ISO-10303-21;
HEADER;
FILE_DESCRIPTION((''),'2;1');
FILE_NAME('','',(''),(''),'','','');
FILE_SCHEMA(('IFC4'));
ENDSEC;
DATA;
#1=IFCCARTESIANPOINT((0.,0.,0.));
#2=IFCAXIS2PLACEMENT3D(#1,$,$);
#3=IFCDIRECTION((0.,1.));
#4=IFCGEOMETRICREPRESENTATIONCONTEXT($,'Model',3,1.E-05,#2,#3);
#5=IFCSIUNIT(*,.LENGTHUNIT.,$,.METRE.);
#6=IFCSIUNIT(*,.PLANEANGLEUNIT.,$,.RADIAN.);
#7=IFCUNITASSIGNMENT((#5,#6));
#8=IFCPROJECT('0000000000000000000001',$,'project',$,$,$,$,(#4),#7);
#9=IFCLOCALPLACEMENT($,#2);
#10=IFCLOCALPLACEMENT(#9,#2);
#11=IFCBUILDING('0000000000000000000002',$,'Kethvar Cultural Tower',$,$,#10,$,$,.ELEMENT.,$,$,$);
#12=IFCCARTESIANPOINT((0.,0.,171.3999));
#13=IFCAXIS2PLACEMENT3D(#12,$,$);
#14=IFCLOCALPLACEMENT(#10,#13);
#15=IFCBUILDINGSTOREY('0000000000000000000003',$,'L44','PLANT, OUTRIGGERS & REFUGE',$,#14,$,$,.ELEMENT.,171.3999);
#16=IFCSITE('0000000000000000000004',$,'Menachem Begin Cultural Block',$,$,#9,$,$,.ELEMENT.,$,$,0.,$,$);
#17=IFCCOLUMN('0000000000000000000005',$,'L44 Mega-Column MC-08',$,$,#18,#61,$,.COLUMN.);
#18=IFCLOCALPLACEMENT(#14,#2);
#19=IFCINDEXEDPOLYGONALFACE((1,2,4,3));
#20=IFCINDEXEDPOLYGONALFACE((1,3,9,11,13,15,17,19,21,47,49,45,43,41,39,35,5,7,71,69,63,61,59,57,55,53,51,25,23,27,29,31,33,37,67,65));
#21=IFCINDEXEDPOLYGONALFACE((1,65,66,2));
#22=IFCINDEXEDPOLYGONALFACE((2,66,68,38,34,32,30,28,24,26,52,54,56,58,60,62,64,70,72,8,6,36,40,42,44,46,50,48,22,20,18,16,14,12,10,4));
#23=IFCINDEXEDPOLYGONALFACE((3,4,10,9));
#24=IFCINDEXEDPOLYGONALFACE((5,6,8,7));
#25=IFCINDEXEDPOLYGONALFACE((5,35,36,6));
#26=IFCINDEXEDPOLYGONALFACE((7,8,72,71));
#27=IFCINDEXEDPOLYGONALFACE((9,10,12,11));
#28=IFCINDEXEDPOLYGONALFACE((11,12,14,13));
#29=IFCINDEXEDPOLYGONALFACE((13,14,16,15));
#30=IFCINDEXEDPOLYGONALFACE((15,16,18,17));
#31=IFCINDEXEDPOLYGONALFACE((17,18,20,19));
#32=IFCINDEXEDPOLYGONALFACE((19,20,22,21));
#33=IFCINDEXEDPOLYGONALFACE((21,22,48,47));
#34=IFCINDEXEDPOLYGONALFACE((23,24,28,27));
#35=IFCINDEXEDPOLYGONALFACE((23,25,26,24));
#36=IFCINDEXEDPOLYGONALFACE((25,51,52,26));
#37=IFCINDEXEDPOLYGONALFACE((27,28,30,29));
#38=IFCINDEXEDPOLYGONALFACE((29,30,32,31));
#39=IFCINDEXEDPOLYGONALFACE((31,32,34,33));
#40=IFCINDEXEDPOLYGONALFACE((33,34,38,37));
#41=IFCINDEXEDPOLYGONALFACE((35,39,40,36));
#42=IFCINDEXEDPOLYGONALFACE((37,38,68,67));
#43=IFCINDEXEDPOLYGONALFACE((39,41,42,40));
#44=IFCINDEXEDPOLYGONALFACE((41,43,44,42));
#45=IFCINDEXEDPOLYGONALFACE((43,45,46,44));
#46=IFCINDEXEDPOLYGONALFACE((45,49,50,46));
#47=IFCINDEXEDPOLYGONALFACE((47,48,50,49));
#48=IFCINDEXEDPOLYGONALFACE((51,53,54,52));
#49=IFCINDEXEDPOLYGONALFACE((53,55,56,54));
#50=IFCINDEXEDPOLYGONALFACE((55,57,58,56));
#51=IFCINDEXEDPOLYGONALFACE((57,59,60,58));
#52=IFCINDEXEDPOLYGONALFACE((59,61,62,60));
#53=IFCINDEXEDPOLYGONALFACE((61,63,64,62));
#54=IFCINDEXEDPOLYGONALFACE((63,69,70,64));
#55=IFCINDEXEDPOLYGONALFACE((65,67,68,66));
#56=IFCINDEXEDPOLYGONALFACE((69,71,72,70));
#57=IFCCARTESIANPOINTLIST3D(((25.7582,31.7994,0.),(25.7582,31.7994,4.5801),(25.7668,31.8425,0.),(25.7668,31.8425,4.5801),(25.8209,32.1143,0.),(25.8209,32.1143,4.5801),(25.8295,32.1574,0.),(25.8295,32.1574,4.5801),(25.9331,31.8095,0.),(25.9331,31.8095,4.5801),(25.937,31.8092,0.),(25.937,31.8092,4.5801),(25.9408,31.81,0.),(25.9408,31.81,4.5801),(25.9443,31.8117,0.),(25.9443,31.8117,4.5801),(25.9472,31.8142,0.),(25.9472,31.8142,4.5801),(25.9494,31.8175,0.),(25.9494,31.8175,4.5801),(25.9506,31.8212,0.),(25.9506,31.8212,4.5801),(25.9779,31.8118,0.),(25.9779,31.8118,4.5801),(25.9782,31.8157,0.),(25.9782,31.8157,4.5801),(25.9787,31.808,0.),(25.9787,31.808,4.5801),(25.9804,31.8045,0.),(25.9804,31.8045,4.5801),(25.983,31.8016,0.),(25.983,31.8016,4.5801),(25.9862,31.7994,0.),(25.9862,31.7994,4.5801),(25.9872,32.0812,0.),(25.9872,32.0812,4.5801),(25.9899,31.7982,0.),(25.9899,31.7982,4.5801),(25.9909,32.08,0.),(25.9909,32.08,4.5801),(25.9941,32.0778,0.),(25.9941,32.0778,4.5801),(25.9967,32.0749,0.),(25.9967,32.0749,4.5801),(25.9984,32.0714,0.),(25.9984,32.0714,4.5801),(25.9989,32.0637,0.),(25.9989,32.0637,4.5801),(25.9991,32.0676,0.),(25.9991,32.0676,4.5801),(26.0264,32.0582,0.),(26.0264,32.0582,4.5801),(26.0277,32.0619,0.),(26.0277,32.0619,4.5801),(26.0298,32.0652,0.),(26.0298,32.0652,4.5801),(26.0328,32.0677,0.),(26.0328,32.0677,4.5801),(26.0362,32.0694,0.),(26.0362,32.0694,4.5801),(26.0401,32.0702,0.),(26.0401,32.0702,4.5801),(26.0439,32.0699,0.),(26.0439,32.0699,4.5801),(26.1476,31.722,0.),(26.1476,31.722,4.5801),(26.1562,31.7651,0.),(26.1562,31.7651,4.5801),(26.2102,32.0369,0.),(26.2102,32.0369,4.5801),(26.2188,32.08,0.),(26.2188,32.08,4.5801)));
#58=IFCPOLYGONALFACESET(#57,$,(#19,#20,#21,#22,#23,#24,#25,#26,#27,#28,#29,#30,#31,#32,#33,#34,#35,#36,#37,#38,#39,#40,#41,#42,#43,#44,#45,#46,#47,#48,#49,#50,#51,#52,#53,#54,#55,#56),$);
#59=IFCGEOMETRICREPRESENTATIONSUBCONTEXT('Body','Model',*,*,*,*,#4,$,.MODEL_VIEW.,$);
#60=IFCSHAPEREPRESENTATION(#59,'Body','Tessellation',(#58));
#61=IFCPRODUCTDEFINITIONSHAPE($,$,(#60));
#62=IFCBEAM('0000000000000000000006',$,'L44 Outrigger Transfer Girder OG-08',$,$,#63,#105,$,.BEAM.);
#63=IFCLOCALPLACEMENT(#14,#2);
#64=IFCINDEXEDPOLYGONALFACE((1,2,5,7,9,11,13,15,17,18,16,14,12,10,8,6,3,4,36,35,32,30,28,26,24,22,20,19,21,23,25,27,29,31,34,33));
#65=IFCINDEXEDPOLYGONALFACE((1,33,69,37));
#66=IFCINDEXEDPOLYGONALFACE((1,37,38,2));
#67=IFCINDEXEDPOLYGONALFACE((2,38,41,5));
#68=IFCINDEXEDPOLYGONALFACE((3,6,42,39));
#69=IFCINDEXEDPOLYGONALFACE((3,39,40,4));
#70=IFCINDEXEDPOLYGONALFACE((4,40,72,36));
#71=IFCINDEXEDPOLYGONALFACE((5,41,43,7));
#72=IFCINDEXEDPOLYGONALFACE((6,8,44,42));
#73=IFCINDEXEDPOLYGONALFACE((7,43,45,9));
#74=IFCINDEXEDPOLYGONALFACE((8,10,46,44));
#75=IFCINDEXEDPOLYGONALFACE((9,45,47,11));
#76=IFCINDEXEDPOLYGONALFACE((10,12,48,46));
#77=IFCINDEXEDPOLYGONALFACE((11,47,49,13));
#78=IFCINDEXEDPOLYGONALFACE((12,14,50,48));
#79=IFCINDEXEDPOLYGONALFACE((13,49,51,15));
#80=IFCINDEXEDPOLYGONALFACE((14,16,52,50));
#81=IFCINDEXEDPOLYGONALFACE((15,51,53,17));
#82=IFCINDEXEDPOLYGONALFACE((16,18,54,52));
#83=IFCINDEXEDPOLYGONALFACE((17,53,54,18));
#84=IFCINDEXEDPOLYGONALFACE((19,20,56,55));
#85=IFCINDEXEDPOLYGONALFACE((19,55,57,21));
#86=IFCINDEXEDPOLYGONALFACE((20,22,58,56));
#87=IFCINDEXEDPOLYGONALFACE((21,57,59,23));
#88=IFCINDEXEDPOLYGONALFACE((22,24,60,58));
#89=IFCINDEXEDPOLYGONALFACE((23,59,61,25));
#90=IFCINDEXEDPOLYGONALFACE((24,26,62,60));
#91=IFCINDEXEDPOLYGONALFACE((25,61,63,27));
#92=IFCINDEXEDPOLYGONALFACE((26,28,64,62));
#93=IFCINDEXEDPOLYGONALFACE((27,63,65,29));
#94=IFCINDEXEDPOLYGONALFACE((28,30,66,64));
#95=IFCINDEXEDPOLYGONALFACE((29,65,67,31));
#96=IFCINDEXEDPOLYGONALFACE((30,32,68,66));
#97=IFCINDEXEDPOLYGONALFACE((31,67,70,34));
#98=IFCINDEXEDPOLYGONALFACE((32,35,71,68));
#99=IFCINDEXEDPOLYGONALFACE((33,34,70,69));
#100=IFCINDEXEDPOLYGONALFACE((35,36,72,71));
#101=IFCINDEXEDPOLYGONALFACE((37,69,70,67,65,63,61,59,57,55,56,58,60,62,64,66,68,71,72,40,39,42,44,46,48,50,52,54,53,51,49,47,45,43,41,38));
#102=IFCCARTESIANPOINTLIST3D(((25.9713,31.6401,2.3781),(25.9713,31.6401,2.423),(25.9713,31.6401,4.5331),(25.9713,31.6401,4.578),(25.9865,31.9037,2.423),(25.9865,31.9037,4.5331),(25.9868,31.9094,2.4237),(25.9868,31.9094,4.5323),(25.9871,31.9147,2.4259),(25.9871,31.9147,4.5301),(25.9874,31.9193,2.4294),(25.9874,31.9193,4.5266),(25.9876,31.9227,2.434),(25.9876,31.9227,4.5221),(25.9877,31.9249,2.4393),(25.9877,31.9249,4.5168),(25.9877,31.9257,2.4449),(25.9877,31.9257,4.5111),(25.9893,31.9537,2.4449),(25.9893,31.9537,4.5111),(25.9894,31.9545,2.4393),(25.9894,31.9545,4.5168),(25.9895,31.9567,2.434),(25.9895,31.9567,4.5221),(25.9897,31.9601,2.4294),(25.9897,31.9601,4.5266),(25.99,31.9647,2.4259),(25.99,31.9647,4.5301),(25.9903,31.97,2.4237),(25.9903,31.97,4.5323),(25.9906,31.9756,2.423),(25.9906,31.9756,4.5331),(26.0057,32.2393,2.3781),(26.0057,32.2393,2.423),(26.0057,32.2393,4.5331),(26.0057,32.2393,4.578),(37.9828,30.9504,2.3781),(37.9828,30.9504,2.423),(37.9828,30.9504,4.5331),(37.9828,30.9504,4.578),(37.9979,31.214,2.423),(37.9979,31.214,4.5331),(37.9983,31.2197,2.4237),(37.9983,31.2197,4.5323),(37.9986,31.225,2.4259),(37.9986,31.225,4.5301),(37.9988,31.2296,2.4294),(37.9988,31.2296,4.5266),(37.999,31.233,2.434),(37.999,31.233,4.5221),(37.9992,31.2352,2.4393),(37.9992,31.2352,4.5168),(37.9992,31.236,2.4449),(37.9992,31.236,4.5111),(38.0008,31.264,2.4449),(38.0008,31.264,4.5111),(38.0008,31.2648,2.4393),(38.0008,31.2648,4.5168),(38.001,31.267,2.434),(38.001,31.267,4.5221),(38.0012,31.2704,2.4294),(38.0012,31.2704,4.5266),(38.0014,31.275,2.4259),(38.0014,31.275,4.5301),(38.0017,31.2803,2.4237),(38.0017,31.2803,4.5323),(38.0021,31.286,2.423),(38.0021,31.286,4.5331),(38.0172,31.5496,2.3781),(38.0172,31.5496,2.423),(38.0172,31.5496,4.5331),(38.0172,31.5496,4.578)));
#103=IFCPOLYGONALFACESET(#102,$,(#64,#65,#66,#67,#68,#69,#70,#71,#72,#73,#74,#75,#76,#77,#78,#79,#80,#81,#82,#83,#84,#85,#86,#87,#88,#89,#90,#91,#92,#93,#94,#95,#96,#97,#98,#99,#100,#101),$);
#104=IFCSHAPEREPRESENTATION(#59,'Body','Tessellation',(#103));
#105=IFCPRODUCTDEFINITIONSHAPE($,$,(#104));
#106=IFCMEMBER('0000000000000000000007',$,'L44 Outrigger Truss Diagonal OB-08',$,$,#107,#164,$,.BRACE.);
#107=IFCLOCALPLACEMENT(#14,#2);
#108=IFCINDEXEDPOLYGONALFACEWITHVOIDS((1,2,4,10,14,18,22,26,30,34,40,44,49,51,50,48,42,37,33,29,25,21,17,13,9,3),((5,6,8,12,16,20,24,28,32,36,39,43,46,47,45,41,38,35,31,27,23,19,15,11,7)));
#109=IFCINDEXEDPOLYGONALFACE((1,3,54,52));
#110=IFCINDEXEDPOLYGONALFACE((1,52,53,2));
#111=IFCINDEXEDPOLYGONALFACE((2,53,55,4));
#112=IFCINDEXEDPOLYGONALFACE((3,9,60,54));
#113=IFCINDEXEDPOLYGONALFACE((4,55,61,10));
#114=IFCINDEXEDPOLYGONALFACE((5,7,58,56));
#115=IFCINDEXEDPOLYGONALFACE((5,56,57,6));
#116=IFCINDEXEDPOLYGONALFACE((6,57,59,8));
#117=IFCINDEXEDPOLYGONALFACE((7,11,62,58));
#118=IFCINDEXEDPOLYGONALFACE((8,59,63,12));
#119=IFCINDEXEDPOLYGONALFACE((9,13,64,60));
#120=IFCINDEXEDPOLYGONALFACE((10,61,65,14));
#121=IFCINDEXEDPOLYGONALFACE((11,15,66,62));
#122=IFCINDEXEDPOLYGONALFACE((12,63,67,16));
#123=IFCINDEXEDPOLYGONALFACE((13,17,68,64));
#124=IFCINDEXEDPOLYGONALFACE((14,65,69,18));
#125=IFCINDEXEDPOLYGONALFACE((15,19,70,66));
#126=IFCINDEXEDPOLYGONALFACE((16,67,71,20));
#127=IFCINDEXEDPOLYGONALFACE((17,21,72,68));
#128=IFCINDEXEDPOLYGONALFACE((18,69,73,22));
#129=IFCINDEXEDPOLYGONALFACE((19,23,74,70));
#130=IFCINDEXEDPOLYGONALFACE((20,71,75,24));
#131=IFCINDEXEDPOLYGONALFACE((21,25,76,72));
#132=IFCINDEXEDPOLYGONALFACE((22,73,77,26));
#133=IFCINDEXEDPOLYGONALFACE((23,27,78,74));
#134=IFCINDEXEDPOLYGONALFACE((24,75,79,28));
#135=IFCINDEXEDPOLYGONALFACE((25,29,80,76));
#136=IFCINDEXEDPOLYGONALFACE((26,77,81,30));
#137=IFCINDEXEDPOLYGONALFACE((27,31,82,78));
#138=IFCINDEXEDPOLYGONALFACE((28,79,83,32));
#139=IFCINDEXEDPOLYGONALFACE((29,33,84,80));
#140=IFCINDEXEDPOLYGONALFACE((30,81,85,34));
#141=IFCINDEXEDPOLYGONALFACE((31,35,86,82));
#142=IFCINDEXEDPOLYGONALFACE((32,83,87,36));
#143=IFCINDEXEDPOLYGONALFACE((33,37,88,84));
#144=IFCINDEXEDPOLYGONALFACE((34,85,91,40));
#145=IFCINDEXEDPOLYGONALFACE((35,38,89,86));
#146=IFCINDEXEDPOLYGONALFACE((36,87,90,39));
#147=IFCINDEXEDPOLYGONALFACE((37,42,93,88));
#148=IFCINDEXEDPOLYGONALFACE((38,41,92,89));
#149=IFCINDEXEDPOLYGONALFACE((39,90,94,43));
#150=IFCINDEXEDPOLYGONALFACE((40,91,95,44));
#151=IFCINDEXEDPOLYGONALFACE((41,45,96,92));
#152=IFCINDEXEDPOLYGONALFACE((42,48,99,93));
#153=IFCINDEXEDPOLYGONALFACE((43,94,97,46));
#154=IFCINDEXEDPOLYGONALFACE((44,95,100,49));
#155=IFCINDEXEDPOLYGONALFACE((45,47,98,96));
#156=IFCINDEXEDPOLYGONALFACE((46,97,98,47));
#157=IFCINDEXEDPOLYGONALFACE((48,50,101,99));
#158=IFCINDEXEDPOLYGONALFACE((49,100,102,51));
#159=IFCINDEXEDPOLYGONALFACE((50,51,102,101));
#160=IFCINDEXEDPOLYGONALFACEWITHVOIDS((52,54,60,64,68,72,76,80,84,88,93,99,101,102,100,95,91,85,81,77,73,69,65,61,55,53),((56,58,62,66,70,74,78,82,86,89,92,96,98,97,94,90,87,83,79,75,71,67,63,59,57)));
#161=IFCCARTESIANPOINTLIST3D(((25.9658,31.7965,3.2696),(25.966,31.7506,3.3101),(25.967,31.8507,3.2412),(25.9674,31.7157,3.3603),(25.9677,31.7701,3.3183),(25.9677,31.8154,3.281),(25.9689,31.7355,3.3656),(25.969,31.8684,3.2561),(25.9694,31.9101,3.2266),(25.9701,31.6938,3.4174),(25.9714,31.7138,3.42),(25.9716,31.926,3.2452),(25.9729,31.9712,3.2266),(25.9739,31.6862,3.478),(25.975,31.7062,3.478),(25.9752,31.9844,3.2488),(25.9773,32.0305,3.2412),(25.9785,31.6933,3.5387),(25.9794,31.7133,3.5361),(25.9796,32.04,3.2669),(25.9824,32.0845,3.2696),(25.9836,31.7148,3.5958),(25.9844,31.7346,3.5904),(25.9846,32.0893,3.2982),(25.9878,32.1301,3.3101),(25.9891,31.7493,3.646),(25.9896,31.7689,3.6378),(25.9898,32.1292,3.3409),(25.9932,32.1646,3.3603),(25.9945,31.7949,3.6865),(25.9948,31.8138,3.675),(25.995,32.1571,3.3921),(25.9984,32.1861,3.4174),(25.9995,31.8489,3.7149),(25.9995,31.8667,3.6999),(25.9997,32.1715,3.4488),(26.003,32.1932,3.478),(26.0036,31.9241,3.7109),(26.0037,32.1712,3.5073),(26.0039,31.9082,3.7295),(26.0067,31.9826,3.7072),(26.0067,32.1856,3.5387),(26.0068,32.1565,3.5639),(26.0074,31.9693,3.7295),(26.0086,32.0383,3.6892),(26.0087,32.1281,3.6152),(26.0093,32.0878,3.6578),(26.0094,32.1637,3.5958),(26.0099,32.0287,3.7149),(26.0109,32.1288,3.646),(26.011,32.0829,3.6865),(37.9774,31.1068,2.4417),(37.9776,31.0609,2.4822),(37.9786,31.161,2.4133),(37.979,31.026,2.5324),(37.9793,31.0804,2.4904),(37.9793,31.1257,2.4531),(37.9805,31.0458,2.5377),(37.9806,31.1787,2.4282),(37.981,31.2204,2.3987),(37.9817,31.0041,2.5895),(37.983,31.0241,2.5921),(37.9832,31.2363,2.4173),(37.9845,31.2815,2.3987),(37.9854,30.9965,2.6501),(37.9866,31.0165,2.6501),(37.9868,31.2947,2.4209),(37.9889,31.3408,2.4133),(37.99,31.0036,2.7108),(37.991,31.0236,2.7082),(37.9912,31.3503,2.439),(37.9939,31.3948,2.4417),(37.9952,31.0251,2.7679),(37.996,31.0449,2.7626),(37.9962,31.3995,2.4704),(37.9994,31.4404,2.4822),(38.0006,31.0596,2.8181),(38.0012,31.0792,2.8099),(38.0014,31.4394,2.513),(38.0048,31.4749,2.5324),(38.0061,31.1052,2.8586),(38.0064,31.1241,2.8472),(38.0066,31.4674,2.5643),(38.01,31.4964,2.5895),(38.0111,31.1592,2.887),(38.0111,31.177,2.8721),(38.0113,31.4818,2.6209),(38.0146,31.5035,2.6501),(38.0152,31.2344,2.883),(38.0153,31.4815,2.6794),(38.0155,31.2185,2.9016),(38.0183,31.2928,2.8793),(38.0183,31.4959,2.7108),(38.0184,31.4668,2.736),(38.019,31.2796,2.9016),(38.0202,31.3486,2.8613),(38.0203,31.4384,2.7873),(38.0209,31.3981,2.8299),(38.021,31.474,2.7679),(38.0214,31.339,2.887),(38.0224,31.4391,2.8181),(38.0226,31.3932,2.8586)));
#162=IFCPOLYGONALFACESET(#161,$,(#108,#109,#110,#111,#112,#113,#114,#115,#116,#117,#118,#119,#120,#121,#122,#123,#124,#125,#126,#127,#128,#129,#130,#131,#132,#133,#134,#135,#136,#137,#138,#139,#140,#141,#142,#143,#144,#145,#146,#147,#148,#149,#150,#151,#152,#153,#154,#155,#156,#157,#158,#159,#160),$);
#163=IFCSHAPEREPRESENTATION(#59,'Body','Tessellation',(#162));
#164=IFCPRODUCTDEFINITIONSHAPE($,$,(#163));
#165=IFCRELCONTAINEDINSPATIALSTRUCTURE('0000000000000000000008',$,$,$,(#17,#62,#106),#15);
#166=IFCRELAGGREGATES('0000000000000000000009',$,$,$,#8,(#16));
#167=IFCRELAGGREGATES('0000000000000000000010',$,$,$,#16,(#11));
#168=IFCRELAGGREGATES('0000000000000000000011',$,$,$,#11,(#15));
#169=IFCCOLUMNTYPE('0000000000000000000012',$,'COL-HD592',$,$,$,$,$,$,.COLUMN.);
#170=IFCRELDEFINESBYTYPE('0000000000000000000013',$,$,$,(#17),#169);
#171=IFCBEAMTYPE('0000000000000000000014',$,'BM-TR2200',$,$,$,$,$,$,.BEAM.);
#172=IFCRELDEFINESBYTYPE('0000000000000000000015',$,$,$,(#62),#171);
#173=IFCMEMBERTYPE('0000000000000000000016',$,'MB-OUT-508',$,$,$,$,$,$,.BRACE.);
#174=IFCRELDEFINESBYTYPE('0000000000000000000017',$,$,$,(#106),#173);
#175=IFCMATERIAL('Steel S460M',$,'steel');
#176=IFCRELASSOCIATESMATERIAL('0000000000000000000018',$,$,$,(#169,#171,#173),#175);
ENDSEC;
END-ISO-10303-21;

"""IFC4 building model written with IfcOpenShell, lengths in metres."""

from ifc_helpers import new_model, si_unit, direction, frame, origin, origin_2d, place, context, subcontext, project, spatial, hollow_circle, i_section, extrude, source, transform, mapped, material, material_profile, profile_set, type_object, element, save


model = new_model("IFC4")

# Units and contexts
model_context = context("Model", 3, precision=1e-05, world=origin(), true_north=direction((0.0, 1.0)))
body_context = subcontext(model_context, "Body", "Model", "MODEL_VIEW")
ifc_project = project(units=[si_unit("LENGTHUNIT", "METRE"), si_unit("PLANEANGLEUNIT", "RADIAN")], contexts=[model_context])

# Site, building, storey
site_placement = place(None, origin())
site = spatial("IfcSite", under=ifc_project, at=site_placement, Name="Menachem Begin Cultural Block", CompositionType="ELEMENT", RefElevation=0.0)
building_placement = place(site_placement, origin())
building = spatial("IfcBuilding", under=site, at=building_placement, Name="Kethvar Cultural Tower", CompositionType="ELEMENT")
storey_placement = place(building_placement, frame((0.0, 0.0, 171.3999)))
storey = spatial("IfcBuildingStorey", under=building, at=storey_placement, Name="L44", Description="PLANT, OUTRIGGERS & REFUGE", CompositionType="ELEMENT", Elevation=171.3999)

# Column
ifc_material_1 = material(Name="Steel S460M", Category="steel")
ifc_material_profile_1 = material_profile(ifc_material_1, i_section(OverallWidth=0.397, OverallDepth=0.365, WebThickness=0.0281, FlangeThickness=0.0439, FilletRadius=0.0149, at=origin_2d()), Name="Steel S460M — HD400x592")
ifc_profile_set_1 = profile_set([ifc_material_profile_1], Name="Steel S460M — HD400x592")
column_type = type_object("IfcColumnType", Name="COL-HD592", PredefinedType="COLUMN", material=ifc_profile_set_1)
shared_shape_1 = source(origin(), body_context, "Body", "SweptSolid", [
    extrude(i_section(OverallWidth=0.397, OverallDepth=0.365, WebThickness=0.0281, FlangeThickness=0.0439, FilletRadius=0.0149, at=origin_2d()), origin(), (0.0, 0.0, 1.0), 4.5801),
])
column_placement = place(storey_placement, frame((25.9885, 31.9397, 0.0), z_axis=(0.0, 0.0, 1.0), x_axis=(-0.980785, 0.19509, 0.0)))
element("IfcColumn", 1, at=column_placement, inside=storey, type_object=column_type, Name="L44 Mega-Column MC-08", PredefinedType="COLUMN", context=body_context, shape_type="MappedRepresentation", body=[
    mapped(shared_shape_1, transform((0.0, 0.0, 0.0), scale=1.0)),
])

# Beam
ifc_material_profile_2 = material_profile(ifc_material_1, i_section(OverallWidth=0.6001, OverallDepth=2.2, WebThickness=0.0281, FlangeThickness=0.0449, FilletRadius=0.022, at=origin_2d()), Name="Steel S460M — PG2200x600x45x28")
ifc_profile_set_2 = profile_set([ifc_material_profile_2], Name="Steel S460M — PG2200x600x45x28")
beam_type = type_object("IfcBeamType", Name="BM-TR2200", PredefinedType="BEAM", material=ifc_profile_set_2)
shared_shape_2 = source(origin(), body_context, "Body", "SweptSolid", [
    extrude(i_section(OverallWidth=0.6001, OverallDepth=2.2, WebThickness=0.0281, FlangeThickness=0.0449, FilletRadius=0.022, at=origin_2d()), origin(), (0.0, 0.0, 1.0), 12.0312),
])
beam_1_placement = place(storey_placement, frame((38.0, 31.25, 3.478), z_axis=(-0.998356, 0.057325, 0.0), x_axis=(-0.057325, -0.998356, 0.0)))
element("IfcBeam", 2, at=beam_1_placement, inside=storey, type_object=beam_type, Name="L44 Outrigger Transfer Girder OG-08", PredefinedType="BEAM", context=body_context, shape_type="MappedRepresentation", body=[
    mapped(shared_shape_2, transform((0.0, 0.0, 0.0), scale=1.0)),
])

# Member
ifc_material_profile_3 = material_profile(ifc_material_1, hollow_circle(Radius=0.2539, WallThickness=0.02, at=origin_2d()), Name="Steel S460M — CHS508x20")
ifc_profile_set_3 = profile_set([ifc_material_profile_3], Name="Steel S460M — CHS508x20")
member_type_1 = type_object("IfcMemberType", Name="MB-OUT-508", PredefinedType="BRACE", material=ifc_profile_set_3)
shared_shape_3 = source(origin(), body_context, "Body", "SweptSolid", [
    extrude(hollow_circle(Radius=0.2539, WallThickness=0.02, at=origin_2d()), origin(), (0.0, 0.0, 1.0), 12.0598),
])
member_1_placement = place(storey_placement, frame((38.0, 31.25, 2.6501), z_axis=(-0.996, 0.05719, 0.068648), x_axis=(-0.057325, -0.998356, 0.0)))
element("IfcMember", 3, at=member_1_placement, inside=storey, type_object=member_type_1, Name="L44 Outrigger Truss Diagonal OB-08", PredefinedType="BRACE", context=body_context, shape_type="MappedRepresentation", body=[
    mapped(shared_shape_3, transform((0.0, 0.0, 0.0), scale=1.0)),
])

save(model, "model.ifc")
